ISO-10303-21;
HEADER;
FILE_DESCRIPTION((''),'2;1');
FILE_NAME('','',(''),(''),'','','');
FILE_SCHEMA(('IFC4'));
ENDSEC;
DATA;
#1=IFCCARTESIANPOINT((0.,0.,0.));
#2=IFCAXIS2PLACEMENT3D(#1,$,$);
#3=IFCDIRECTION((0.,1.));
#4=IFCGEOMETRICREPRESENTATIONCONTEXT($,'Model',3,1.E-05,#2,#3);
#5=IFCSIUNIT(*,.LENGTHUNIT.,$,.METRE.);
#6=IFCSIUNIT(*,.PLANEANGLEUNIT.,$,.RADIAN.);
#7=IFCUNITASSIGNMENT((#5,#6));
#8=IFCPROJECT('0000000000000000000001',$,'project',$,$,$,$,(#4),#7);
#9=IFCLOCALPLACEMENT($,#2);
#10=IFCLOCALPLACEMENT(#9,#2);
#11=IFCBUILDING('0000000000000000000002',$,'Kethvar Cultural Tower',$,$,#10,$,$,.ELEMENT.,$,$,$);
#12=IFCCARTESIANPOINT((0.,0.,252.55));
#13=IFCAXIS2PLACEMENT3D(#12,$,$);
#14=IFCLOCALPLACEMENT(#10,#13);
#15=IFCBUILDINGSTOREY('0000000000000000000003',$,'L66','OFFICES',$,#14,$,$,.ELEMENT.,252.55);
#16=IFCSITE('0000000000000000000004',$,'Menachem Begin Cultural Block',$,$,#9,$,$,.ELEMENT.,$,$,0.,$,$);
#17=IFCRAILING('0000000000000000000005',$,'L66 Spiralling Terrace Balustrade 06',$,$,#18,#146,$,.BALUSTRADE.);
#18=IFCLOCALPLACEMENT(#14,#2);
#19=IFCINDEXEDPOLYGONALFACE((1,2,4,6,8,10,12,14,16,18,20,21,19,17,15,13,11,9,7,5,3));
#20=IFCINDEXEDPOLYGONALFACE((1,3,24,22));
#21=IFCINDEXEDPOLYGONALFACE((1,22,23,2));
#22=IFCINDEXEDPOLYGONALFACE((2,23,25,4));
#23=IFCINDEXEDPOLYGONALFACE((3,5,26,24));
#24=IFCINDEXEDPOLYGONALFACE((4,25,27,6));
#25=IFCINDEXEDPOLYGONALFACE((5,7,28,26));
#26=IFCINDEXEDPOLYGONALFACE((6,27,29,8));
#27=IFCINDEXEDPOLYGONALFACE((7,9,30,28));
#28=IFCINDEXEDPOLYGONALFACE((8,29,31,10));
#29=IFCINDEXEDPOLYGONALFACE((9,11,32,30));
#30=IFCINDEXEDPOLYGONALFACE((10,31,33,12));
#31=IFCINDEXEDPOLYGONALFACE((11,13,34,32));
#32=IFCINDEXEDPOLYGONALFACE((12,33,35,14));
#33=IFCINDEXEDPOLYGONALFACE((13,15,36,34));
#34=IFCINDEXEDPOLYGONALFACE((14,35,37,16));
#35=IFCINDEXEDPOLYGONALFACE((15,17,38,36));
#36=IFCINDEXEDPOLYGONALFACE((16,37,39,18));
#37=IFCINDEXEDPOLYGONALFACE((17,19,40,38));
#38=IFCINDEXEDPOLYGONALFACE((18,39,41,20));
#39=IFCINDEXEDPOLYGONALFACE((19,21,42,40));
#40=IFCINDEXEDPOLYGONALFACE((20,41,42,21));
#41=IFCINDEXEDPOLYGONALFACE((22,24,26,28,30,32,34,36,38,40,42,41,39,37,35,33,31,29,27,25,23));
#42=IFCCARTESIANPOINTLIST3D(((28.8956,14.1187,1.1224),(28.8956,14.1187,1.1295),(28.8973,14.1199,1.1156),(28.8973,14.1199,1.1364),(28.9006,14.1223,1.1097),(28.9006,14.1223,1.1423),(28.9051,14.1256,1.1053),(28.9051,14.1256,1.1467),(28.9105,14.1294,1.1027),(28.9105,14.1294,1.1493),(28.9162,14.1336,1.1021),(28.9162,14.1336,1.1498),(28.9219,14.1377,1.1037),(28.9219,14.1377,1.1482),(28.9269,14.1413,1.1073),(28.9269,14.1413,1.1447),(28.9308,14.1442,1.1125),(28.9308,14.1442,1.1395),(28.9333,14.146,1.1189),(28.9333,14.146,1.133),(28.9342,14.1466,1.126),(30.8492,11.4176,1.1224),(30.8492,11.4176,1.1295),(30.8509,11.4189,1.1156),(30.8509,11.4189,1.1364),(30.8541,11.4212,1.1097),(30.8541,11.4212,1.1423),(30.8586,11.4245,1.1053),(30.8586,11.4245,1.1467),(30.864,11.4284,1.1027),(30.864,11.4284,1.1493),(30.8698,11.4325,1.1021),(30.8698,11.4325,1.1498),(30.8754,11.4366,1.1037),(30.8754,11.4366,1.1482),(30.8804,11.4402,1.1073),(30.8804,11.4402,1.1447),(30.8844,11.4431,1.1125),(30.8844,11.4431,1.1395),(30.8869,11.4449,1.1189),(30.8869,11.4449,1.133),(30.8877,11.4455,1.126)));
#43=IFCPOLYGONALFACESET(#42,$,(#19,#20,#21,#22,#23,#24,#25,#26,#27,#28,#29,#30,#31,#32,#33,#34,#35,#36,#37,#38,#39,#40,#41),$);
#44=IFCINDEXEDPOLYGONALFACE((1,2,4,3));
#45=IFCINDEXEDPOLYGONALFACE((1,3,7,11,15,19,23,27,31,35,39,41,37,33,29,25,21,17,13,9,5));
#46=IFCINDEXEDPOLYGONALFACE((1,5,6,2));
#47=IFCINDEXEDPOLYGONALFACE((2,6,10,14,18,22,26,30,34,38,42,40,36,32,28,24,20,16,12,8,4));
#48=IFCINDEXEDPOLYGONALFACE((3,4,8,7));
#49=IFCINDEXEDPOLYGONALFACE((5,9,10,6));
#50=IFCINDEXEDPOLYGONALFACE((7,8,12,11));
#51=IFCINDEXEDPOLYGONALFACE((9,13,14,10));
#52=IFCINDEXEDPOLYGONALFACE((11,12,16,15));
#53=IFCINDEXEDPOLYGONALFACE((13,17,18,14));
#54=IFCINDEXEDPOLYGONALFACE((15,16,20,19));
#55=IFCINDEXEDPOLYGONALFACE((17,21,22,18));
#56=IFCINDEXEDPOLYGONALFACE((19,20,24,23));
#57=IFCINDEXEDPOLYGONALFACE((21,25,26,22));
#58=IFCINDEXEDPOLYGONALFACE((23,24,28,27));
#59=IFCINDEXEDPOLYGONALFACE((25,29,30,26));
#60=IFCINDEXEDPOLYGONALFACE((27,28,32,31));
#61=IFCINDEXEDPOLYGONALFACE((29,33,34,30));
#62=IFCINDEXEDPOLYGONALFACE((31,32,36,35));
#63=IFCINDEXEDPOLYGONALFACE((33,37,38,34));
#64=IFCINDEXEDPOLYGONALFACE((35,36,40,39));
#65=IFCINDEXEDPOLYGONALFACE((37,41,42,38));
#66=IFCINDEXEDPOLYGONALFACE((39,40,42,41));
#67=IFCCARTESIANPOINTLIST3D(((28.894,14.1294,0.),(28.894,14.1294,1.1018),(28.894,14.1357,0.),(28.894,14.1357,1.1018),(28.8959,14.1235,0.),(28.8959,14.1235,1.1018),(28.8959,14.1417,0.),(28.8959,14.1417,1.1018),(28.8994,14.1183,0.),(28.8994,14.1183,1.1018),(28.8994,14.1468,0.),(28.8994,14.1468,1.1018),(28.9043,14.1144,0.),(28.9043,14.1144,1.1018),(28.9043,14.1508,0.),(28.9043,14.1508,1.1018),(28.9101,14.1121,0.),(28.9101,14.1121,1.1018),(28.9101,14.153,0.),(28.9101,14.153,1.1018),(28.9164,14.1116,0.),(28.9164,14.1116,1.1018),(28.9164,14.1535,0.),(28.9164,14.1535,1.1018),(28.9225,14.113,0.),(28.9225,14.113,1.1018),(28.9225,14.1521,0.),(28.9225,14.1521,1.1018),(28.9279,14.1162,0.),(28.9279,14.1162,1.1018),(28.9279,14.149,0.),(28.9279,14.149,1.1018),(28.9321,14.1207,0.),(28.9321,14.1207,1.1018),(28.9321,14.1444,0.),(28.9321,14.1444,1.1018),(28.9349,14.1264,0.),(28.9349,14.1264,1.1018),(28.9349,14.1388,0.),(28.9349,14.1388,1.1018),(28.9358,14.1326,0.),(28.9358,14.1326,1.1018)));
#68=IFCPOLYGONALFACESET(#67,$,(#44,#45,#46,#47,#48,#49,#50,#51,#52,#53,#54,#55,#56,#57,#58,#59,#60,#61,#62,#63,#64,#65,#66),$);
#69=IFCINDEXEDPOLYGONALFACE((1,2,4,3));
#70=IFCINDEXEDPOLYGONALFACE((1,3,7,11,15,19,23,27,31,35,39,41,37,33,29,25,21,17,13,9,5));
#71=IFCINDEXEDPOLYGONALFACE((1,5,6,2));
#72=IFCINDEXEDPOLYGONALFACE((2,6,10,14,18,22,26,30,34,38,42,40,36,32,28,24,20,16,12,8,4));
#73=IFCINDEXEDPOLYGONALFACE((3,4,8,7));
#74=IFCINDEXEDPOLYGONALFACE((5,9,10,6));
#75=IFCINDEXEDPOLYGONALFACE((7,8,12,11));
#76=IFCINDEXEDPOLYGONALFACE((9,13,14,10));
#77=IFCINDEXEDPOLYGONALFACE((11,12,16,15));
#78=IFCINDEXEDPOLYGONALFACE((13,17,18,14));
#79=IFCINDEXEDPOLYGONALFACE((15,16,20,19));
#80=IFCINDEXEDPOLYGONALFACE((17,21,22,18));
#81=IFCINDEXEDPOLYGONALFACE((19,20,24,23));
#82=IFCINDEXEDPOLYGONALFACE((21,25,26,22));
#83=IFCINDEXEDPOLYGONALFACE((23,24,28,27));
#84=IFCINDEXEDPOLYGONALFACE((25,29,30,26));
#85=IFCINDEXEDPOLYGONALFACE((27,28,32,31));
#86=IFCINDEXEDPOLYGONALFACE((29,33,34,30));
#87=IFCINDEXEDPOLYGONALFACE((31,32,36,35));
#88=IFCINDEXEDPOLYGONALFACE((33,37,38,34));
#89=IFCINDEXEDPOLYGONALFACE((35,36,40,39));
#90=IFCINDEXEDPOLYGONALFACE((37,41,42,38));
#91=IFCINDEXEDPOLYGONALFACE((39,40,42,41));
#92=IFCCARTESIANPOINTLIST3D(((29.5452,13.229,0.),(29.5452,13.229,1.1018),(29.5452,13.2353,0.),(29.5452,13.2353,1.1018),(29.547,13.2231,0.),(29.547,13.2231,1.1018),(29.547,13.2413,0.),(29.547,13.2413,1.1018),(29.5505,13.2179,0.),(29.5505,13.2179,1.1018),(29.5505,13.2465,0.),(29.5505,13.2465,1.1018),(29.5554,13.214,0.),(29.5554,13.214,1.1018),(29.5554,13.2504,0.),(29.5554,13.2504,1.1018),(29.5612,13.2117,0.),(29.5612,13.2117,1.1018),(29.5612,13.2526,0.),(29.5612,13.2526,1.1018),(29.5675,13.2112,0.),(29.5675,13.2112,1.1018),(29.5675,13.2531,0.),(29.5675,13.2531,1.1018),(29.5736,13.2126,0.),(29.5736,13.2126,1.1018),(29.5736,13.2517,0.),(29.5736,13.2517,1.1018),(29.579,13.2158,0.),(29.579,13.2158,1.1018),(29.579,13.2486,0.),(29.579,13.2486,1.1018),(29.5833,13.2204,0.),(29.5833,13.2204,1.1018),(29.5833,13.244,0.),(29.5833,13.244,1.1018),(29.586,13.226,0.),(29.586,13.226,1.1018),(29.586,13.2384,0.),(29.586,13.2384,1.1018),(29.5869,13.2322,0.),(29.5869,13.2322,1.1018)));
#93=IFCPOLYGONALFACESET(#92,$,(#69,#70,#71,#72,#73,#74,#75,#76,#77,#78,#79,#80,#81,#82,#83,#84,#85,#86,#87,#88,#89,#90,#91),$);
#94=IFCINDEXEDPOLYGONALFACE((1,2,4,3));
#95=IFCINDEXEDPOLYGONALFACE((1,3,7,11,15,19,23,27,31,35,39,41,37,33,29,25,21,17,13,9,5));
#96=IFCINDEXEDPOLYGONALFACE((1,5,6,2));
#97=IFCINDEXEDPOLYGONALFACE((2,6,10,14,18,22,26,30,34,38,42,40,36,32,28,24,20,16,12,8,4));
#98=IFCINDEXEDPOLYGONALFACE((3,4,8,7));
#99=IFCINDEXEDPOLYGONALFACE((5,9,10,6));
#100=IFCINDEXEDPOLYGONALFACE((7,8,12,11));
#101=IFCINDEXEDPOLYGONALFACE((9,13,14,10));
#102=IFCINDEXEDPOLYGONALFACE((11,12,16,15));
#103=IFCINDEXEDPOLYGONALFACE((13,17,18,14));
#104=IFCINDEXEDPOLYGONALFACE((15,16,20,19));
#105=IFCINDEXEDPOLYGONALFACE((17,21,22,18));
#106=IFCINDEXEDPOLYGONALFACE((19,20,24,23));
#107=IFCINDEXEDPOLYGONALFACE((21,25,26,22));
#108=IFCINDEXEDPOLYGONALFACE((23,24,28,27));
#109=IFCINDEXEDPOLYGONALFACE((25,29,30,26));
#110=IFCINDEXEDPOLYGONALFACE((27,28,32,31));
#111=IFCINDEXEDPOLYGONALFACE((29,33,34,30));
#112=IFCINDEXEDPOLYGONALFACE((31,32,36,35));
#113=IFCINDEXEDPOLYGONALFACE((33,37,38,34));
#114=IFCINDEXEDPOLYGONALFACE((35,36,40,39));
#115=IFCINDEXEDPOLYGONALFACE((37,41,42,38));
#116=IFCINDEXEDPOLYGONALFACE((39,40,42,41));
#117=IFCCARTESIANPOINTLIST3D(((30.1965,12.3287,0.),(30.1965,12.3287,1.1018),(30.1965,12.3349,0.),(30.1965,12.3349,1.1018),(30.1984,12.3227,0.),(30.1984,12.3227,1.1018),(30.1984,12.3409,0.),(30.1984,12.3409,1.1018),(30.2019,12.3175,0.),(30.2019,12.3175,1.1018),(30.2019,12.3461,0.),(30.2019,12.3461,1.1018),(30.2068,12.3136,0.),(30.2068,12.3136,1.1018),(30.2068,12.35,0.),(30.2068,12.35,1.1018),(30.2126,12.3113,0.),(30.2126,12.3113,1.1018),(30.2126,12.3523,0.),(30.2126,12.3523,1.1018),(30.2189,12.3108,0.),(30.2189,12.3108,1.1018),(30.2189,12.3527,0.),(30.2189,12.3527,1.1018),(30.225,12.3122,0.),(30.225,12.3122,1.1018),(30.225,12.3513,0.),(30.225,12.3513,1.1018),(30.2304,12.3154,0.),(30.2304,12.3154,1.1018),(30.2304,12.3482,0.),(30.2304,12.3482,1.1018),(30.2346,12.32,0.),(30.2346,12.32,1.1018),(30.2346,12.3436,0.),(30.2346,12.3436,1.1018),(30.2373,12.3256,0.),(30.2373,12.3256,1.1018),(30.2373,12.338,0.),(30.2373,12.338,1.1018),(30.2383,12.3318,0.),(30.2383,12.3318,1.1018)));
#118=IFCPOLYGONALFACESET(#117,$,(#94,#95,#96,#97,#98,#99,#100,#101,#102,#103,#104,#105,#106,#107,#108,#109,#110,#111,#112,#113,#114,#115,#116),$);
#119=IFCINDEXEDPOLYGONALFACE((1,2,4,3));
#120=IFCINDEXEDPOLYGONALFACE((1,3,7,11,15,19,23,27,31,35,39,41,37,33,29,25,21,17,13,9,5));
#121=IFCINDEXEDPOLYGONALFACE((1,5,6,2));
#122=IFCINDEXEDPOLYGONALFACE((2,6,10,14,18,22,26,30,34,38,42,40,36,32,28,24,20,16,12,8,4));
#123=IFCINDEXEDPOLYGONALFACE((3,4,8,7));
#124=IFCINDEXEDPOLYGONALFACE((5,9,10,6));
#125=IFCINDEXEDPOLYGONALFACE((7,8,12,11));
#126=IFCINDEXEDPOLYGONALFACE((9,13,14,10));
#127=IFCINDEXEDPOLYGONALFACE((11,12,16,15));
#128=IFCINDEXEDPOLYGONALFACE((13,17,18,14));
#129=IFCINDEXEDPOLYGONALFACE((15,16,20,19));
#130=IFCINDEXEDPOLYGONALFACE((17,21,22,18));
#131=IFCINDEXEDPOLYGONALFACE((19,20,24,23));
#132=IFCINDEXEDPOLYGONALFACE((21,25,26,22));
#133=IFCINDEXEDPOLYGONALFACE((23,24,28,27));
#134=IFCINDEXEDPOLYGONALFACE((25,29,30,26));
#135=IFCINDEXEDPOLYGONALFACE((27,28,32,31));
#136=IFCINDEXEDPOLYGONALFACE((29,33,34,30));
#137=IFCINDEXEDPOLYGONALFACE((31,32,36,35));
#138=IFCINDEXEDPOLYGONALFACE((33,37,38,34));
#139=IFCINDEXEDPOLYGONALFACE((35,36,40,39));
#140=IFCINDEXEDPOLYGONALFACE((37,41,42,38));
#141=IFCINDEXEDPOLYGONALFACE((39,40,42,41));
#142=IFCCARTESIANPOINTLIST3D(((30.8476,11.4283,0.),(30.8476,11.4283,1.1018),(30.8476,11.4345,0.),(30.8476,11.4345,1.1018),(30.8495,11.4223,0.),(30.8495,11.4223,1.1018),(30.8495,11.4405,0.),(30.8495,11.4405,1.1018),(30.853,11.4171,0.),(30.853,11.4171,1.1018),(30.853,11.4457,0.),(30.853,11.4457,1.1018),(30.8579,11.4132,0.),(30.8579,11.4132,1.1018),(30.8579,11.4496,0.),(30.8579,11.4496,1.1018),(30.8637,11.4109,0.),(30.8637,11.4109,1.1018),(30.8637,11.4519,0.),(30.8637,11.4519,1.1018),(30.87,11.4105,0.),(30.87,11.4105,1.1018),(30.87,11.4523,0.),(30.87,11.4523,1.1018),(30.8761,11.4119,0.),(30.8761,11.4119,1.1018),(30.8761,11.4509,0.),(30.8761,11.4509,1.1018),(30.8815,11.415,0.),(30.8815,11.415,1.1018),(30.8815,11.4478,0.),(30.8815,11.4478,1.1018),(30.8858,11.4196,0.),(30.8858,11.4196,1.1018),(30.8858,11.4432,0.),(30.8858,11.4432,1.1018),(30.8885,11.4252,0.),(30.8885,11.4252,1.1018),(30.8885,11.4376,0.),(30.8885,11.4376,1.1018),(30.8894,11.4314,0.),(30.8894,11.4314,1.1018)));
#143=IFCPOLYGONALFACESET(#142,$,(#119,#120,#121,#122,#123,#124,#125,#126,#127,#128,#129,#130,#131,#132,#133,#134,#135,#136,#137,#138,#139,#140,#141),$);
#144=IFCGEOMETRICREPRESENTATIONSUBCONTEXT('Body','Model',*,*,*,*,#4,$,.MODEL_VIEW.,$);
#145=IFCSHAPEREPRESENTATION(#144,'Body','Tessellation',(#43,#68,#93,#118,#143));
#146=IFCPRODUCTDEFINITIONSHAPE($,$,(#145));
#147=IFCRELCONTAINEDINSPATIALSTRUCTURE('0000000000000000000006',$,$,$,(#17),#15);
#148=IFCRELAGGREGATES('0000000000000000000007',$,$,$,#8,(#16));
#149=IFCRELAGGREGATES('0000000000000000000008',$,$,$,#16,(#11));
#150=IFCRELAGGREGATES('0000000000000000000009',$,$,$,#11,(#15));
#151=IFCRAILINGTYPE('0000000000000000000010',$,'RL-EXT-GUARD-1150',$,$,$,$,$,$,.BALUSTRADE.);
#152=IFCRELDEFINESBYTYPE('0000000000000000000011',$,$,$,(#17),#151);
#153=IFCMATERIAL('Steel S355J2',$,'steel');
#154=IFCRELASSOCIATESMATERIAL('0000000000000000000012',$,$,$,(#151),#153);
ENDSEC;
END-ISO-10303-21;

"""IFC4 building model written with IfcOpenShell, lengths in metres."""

from ifc_helpers import new_model, si_unit, direction, frame, origin, origin_2d, place, context, subcontext, project, spatial, circle, extrude, material, type_object, element, save


model = new_model("IFC4")

# Units and contexts
model_context = context("Model", 3, precision=1e-05, world=origin(), true_north=direction((0.0, 1.0)))
body_context = subcontext(model_context, "Body", "Model", "MODEL_VIEW")
ifc_project = project(units=[si_unit("LENGTHUNIT", "METRE"), si_unit("PLANEANGLEUNIT", "RADIAN")], contexts=[model_context])

# Site, building, storey
site_placement = place(None, origin())
site = spatial("IfcSite", under=ifc_project, at=site_placement, Name="Menachem Begin Cultural Block", CompositionType="ELEMENT", RefElevation=0.0)
building_placement = place(site_placement, origin())
building = spatial("IfcBuilding", under=site, at=building_placement, Name="Kethvar Cultural Tower", CompositionType="ELEMENT")
storey_placement = place(building_placement, frame((0.0, 0.0, 252.55)))
storey = spatial("IfcBuildingStorey", under=building, at=storey_placement, Name="L66", Description="OFFICES", CompositionType="ELEMENT", Elevation=252.55)

# Shared definitions
ifc_material_1 = material(Name="Steel S355J2", Category="steel")

# Railing
railing_type = type_object("IfcRailingType", Name="RL-EXT-GUARD-1150", PredefinedType="BALUSTRADE", material=ifc_material_1)
railing_1_placement = place(storey_placement, frame((28.9148, 14.1326, 0.0)))
element("IfcRailing", 1, at=railing_1_placement, inside=storey, type_object=railing_type, Name="L66 Spiralling Terrace Balustrade 06", PredefinedType="BALUSTRADE", context=body_context, shape_type="SweptSolid", body=[
    extrude(circle(Radius=0.0239, at=origin_2d()), frame((0.0, 0.0, 1.126), z_axis=(0.586036, -0.810285, 0.0), x_axis=(0.810285, 0.586036, 0.0)), (0.0, 0.0, 1.0), 3.3335),
    extrude(circle(Radius=0.021, at=origin_2d()), origin(), (0.0, 0.0, 1.0), 1.1018),
    extrude(circle(Radius=0.021, at=origin_2d()), frame((0.6511, -0.9004, 0.0)), (0.0, 0.0, 1.0), 1.1018),
    extrude(circle(Radius=0.021, at=origin_2d()), frame((1.3025, -1.8008, 0.0)), (0.0, 0.0, 1.0), 1.1018),
    extrude(circle(Radius=0.021, at=origin_2d()), frame((1.9536, -2.7012, 0.0)), (0.0, 0.0, 1.0), 1.1018),
])

save(model, "model.ifc")
